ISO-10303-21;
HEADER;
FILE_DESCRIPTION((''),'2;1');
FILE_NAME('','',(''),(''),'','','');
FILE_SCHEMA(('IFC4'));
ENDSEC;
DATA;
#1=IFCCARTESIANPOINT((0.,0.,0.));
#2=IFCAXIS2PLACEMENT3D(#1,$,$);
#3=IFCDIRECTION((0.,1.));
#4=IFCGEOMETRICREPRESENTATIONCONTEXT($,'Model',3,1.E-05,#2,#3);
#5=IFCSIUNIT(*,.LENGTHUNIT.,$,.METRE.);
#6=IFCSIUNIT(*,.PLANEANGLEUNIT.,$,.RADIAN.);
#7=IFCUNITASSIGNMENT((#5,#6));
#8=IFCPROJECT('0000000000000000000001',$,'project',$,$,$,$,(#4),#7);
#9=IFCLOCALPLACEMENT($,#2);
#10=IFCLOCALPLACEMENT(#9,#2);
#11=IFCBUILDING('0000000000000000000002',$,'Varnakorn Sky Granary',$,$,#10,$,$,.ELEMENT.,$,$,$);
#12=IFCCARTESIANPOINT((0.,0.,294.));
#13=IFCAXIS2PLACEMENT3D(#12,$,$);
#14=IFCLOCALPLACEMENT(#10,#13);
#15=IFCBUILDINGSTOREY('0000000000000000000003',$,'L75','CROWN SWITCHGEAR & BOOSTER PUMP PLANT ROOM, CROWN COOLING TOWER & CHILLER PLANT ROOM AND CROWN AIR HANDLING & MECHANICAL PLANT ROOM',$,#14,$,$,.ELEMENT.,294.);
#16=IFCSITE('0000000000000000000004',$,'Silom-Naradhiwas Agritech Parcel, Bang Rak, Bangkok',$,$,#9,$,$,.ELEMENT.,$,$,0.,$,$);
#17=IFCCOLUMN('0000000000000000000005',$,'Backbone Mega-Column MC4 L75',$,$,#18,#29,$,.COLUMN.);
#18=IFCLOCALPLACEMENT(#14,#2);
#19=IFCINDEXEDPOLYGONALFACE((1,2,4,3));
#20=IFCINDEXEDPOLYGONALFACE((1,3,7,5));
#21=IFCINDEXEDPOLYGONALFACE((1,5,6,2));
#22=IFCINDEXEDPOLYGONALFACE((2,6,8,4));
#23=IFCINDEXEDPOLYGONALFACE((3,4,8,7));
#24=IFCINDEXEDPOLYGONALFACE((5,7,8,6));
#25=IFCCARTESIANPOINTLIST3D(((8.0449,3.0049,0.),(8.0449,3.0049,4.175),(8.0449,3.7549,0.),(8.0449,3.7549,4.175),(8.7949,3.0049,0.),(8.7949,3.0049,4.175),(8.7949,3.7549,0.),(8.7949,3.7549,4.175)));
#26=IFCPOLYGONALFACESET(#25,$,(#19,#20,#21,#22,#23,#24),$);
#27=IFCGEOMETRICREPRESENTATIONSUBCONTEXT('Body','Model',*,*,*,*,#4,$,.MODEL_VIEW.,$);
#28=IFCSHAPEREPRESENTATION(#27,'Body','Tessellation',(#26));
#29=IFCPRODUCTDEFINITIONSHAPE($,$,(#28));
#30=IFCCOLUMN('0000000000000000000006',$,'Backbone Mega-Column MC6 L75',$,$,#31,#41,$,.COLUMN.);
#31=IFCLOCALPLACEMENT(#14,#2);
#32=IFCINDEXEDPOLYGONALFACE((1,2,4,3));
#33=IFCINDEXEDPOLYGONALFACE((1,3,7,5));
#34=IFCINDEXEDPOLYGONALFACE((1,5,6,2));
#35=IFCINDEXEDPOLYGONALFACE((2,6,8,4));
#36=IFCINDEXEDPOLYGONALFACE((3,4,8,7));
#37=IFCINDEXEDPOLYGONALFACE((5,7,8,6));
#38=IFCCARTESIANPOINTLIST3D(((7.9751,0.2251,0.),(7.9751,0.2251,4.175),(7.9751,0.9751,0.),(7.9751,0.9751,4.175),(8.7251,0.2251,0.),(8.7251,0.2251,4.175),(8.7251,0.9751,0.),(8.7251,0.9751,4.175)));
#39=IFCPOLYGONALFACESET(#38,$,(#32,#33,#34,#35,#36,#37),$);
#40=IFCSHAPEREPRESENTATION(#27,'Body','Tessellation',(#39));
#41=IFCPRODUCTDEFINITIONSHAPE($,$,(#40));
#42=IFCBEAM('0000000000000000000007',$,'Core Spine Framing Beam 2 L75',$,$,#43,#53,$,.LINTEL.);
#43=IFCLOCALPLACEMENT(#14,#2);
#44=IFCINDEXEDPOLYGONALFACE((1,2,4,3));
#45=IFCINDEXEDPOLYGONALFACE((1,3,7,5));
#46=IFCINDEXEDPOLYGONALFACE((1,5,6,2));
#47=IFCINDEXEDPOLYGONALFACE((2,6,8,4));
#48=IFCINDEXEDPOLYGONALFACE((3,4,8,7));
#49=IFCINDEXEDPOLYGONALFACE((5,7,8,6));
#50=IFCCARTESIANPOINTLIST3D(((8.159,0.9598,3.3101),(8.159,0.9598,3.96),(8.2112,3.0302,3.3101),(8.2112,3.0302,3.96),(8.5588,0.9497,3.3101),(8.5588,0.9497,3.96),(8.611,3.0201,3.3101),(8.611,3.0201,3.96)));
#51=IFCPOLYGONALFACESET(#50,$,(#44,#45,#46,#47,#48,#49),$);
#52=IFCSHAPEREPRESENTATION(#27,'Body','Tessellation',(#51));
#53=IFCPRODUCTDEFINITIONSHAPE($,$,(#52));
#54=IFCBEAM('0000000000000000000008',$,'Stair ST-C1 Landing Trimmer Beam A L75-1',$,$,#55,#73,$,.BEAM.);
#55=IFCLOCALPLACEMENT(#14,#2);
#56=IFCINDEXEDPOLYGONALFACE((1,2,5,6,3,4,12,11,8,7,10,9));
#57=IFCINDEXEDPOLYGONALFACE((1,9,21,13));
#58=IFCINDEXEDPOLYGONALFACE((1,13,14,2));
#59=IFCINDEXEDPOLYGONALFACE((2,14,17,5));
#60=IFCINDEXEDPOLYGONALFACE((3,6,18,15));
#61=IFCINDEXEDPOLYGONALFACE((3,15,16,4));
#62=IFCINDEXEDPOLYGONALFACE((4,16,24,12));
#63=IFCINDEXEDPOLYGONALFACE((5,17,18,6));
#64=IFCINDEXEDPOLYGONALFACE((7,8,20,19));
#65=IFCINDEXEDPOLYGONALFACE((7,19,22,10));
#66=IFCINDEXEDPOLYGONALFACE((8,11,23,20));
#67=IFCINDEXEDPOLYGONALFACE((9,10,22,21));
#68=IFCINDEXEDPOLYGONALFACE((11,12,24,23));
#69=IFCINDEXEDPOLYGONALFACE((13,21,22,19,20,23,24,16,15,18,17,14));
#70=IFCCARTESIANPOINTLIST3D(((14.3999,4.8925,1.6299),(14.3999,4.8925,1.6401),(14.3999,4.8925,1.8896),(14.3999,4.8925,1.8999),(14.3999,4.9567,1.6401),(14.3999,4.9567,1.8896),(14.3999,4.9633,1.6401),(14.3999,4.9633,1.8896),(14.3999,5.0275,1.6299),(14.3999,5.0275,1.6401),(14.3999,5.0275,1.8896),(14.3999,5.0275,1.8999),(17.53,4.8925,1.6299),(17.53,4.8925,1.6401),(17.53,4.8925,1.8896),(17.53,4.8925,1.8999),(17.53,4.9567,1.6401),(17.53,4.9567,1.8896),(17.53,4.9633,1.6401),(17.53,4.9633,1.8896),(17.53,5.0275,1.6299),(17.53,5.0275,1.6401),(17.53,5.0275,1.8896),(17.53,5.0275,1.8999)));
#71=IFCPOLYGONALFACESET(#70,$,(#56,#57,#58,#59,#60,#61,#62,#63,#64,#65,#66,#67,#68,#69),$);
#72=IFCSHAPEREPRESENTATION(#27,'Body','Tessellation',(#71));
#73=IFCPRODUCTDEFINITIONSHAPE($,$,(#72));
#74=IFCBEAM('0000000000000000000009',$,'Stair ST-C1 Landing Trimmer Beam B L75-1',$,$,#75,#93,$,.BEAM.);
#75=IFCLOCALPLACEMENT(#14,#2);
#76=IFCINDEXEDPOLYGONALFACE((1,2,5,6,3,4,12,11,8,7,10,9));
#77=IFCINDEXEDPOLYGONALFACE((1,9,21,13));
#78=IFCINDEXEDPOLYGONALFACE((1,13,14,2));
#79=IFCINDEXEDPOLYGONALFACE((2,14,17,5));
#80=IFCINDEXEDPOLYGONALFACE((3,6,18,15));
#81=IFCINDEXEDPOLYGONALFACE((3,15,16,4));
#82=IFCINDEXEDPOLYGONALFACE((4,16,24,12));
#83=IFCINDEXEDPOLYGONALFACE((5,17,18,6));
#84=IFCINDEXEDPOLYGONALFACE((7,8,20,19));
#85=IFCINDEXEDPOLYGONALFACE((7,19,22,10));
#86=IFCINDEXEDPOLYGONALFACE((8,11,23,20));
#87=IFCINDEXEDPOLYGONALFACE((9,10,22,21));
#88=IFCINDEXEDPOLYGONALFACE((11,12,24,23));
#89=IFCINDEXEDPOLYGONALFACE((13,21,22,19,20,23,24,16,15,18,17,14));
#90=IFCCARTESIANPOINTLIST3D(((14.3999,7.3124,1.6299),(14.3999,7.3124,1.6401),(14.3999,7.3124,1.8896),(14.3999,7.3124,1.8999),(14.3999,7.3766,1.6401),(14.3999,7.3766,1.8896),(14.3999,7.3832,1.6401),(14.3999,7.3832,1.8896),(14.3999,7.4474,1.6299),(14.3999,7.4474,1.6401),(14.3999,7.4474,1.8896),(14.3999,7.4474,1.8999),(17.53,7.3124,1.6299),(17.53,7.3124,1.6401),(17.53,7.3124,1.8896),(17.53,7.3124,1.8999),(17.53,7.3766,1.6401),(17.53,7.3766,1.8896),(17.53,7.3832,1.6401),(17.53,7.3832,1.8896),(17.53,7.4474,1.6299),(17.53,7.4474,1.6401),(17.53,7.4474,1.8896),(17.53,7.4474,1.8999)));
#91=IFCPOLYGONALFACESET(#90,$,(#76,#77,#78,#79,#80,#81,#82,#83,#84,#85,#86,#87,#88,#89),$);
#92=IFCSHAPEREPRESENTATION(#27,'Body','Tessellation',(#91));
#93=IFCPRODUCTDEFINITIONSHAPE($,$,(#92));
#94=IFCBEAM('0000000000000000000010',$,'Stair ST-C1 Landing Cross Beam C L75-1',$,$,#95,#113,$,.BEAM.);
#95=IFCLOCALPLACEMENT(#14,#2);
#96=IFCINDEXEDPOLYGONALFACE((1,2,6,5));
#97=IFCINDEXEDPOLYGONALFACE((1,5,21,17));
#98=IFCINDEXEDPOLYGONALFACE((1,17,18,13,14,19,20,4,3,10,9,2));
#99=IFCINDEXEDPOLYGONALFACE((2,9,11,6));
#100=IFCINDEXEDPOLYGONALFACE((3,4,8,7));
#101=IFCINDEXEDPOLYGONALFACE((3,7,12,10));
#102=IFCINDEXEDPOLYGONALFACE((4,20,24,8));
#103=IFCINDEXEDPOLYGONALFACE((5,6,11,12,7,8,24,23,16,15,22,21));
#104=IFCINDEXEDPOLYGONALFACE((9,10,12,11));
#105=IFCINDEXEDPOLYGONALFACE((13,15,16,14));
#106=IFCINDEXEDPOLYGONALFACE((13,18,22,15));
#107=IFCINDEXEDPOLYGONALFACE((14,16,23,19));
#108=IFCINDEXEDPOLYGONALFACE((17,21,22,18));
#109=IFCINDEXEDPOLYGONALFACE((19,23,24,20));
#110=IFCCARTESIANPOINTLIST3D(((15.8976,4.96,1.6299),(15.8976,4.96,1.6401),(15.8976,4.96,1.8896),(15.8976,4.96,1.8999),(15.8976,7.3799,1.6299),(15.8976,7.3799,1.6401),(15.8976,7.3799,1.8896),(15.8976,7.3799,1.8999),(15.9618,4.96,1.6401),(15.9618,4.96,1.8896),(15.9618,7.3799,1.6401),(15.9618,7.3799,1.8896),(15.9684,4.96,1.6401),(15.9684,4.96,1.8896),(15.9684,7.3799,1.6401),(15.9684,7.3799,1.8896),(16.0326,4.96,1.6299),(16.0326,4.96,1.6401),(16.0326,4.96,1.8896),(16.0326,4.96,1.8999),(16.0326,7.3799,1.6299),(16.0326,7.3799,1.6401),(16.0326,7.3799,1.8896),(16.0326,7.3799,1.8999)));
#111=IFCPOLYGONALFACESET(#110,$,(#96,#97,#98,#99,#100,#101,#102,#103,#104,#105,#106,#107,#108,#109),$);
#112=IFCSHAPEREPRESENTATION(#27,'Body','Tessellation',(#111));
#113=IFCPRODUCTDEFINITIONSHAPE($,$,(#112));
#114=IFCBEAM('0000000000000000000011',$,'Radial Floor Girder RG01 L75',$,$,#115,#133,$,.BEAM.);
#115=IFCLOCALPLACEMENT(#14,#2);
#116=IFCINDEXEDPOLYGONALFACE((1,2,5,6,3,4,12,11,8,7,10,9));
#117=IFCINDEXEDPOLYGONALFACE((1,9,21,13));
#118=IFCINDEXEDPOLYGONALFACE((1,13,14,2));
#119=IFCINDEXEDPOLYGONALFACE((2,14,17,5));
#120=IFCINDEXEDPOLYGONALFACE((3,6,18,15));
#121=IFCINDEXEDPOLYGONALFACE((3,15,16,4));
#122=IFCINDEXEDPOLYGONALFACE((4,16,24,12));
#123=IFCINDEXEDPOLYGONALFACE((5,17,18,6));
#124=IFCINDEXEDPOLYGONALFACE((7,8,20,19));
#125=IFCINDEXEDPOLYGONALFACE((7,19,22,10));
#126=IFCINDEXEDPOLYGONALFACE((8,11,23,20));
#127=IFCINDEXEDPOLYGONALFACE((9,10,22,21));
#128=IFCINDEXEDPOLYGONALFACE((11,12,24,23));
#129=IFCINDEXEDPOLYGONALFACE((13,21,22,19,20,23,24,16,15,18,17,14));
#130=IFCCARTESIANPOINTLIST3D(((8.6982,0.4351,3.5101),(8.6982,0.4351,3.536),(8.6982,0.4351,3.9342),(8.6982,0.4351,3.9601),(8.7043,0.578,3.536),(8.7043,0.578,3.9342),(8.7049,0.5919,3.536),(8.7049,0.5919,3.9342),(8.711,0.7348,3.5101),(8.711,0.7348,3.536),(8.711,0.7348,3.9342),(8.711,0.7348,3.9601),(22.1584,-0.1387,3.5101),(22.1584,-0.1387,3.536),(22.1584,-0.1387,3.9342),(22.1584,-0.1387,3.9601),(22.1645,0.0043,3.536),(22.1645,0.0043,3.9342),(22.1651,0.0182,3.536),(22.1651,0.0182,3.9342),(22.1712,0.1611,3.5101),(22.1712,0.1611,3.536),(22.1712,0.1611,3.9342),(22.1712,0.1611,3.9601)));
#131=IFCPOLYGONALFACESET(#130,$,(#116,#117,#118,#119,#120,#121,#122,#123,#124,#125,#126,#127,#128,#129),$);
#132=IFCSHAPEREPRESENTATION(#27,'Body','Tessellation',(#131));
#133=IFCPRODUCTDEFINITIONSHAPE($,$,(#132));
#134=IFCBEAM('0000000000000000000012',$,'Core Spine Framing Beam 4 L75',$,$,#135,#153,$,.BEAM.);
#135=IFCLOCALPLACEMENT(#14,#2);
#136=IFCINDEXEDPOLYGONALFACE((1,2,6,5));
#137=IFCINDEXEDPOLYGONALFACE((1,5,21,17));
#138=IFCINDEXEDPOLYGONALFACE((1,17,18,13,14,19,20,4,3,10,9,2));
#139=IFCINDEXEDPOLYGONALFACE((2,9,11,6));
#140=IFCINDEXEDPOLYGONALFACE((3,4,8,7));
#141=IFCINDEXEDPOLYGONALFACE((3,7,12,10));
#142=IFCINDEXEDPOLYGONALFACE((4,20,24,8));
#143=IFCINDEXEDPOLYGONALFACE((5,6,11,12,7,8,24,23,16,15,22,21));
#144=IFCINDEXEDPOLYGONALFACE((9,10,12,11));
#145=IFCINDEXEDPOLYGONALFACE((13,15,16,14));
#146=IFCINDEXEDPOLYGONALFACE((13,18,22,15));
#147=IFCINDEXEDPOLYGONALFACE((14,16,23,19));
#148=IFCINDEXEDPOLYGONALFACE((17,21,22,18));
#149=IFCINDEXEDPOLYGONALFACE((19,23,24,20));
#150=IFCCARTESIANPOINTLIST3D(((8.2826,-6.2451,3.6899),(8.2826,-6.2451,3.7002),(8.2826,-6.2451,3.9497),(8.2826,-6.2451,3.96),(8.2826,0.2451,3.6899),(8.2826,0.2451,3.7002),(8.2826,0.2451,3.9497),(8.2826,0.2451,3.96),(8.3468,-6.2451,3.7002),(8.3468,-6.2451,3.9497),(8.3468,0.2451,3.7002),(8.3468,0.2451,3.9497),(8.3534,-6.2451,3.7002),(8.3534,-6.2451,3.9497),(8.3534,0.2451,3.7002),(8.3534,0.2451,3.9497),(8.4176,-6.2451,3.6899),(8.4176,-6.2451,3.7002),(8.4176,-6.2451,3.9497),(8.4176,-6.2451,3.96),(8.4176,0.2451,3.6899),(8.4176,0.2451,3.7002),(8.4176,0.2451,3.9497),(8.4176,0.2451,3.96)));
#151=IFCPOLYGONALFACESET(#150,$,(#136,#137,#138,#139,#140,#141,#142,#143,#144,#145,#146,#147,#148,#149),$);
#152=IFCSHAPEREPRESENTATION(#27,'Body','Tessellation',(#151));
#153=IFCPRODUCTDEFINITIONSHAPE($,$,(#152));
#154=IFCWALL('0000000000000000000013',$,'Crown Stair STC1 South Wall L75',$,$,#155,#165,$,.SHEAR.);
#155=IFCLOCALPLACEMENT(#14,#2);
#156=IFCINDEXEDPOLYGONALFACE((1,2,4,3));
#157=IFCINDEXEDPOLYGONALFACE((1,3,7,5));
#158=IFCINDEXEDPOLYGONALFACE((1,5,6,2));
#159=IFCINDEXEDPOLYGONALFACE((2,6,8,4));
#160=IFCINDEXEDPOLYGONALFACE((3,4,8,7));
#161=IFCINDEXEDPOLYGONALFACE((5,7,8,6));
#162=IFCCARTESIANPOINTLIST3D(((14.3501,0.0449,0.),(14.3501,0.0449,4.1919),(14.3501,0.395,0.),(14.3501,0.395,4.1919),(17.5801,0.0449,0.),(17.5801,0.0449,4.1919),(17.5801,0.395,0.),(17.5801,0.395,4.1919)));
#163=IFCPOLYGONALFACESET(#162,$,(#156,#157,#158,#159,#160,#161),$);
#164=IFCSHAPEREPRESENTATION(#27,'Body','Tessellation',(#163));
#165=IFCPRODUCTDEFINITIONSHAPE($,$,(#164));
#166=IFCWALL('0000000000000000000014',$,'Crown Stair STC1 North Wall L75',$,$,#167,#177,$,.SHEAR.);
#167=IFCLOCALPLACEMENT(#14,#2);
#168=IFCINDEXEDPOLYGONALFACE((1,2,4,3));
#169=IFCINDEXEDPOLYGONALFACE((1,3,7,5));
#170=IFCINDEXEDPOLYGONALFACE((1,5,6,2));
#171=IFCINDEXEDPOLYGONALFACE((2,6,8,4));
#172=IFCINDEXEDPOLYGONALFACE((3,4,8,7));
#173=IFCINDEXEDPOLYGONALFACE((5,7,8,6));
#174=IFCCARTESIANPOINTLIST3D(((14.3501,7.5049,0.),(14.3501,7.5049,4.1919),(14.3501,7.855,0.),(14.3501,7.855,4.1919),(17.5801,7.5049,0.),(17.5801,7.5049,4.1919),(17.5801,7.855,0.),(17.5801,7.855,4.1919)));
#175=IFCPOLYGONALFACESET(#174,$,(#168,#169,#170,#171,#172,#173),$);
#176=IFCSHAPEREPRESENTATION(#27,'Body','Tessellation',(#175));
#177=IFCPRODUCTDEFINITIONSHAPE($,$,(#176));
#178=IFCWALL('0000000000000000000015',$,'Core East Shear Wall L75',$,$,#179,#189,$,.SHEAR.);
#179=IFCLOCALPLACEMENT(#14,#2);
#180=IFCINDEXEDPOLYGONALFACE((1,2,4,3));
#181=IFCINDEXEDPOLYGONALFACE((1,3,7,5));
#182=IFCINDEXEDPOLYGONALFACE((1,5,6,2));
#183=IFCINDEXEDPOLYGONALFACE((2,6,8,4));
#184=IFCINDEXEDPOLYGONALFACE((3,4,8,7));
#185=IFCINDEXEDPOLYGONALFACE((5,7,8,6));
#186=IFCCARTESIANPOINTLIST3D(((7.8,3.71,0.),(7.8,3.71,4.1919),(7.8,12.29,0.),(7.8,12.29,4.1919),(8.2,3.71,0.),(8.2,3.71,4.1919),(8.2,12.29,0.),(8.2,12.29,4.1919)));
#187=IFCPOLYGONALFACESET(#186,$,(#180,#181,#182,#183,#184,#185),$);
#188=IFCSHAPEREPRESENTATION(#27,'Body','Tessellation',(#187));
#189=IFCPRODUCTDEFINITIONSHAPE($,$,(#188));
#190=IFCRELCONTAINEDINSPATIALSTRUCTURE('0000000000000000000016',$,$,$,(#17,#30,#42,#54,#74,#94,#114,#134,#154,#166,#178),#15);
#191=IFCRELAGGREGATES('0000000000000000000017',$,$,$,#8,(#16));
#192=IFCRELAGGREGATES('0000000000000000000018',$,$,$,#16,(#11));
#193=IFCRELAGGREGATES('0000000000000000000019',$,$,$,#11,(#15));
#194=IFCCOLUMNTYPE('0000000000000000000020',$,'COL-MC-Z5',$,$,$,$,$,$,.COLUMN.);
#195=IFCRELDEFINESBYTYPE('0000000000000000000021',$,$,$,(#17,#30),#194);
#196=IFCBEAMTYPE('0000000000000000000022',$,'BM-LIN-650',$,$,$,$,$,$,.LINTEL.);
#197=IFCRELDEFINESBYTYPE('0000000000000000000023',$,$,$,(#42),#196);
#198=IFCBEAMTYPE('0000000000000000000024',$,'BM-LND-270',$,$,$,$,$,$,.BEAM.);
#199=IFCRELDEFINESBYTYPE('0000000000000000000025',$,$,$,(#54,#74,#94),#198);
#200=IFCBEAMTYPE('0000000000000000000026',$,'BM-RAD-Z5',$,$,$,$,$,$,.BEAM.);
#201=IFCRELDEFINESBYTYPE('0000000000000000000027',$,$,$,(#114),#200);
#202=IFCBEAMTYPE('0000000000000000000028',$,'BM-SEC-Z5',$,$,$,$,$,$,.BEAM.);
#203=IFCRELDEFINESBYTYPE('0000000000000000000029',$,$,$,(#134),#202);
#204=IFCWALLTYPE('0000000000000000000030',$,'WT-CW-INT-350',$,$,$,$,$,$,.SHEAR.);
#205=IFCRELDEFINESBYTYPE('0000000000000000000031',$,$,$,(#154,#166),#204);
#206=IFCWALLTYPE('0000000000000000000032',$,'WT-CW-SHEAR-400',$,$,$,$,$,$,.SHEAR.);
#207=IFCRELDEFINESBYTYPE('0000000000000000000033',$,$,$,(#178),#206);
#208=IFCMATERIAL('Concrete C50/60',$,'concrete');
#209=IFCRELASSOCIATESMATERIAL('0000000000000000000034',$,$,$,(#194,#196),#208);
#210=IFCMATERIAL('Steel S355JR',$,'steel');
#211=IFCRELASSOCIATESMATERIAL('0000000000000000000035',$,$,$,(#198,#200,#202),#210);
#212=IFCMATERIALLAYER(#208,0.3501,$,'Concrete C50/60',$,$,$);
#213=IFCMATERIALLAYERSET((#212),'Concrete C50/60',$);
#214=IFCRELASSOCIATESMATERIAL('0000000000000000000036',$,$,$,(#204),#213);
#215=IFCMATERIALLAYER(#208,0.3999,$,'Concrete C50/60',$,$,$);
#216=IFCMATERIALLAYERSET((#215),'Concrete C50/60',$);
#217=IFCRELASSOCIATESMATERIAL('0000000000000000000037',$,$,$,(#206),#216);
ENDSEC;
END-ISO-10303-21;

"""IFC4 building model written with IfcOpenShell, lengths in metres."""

from ifc_helpers import new_model, si_unit, direction, frame, frame_2d, origin, origin_2d, place, context, subcontext, project, spatial, rectangle, i_section, extrude, material, layer, layer_set, material_profile, profile_set, type_object, element, save


model = new_model("IFC4")

# Units and contexts
model_context = context("Model", 3, precision=1e-05, world=origin(), true_north=direction((0.0, 1.0)))
body_context = subcontext(model_context, "Body", "Model", "MODEL_VIEW")
ifc_project = project(units=[si_unit("LENGTHUNIT", "METRE"), si_unit("PLANEANGLEUNIT", "RADIAN")], contexts=[model_context])

# Site, building, storey
site_placement = place(None, origin())
site = spatial("IfcSite", under=ifc_project, at=site_placement, Name="Silom-Naradhiwas Agritech Parcel, Bang Rak, Bangkok", CompositionType="ELEMENT", RefElevation=0.0)
building_placement = place(site_placement, origin())
building = spatial("IfcBuilding", under=site, at=building_placement, Name="Varnakorn Sky Granary", CompositionType="ELEMENT")
storey_placement = place(building_placement, frame((0.0, 0.0, 294.0)))
storey = spatial("IfcBuildingStorey", under=building, at=storey_placement, Name="L75", Description="CROWN SWITCHGEAR & BOOSTER PUMP PLANT ROOM, CROWN COOLING TOWER & CHILLER PLANT ROOM AND CROWN AIR HANDLING & MECHANICAL PLANT ROOM", CompositionType="ELEMENT", Elevation=294.0)

# Columns
ifc_material_1 = material(Name="Concrete C50/60", Category="concrete")
ifc_material_profile_1 = material_profile(ifc_material_1, rectangle(XDim=0.75, YDim=0.75, at=origin_2d()), Name="RC 750x750")
ifc_profile_set_1 = profile_set([ifc_material_profile_1], Name="Concrete C50/60")
column_type = type_object("IfcColumnType", Name="COL-MC-Z5", PredefinedType="COLUMN", material=ifc_profile_set_1)
for number, where, z_axis, x_axis, name in (
    (1, (8.4199, 3.3799, 0.0), (0.0, 0.0, 1.0), (1.0, 0.0, 0.0), "Backbone Mega-Column MC4 L75"),
    (2, (8.3501, 0.6001, 0.0), (0.0, 0.0, 1.0), (1.0, 0.0, 0.0), "Backbone Mega-Column MC6 L75"),
):
    element("IfcColumn", number, at=place(storey_placement, frame(where, z_axis=z_axis, x_axis=x_axis)), inside=storey, type_object=column_type, Name=name, PredefinedType="COLUMN", context=body_context, shape_type="SweptSolid", body=[
        extrude(rectangle(XDim=0.75, YDim=0.75, at=origin_2d()), origin(), (0.0, 0.0, 1.0), 4.175),
    ])

# Beams
ifc_material_profile_2 = material_profile(ifc_material_1, rectangle(XDim=0.3999, YDim=0.6499, at=origin_2d()), Name="RC 400x650")
ifc_profile_set_2 = profile_set([ifc_material_profile_2], Name="Concrete C50/60")
beam_type_1 = type_object("IfcBeamType", Name="BM-LIN-650", PredefinedType="LINTEL", material=ifc_profile_set_2)
beam_1_placement = place(storey_placement, frame((8.4111, 3.0251, 3.635), z_axis=(-0.025228, -0.999682, 0.0), x_axis=(0.999682, -0.025228, 0.0)))
element("IfcBeam", 3, at=beam_1_placement, inside=storey, type_object=beam_type_1, Name="Core Spine Framing Beam 2 L75", PredefinedType="LINTEL", context=body_context, shape_type="SweptSolid", body=[
    extrude(rectangle(XDim=0.3999, YDim=0.6499, at=origin_2d()), origin(), (0.0, 0.0, 1.0), 2.071),
])
ifc_material_2 = material(Name="Steel S355JR", Category="steel")
ifc_material_profile_3 = material_profile(ifc_material_2, i_section(OverallWidth=0.135, OverallDepth=0.27, WebThickness=0.0066, FlangeThickness=0.0103, at=origin_2d()), Name="IPE 270")
ifc_profile_set_3 = profile_set([ifc_material_profile_3], Name="Steel S355JR")
beam_type_2 = type_object("IfcBeamType", Name="BM-LND-270", PredefinedType="BEAM", material=ifc_profile_set_3)
for number, where, z_axis, x_axis, name in (
    (4, (14.3999, 4.96, 1.7649), (1.0, 0.0, 0.0), (0.0, 1.0, 0.0), "Stair ST-C1 Landing Trimmer Beam A L75-1"),
    (5, (14.3999, 7.3799, 1.7649), (1.0, 0.0, 0.0), (0.0, 1.0, 0.0), "Stair ST-C1 Landing Trimmer Beam B L75-1"),
):
    element("IfcBeam", number, at=place(storey_placement, frame(where, z_axis=z_axis, x_axis=x_axis)), inside=storey, type_object=beam_type_2, Name=name, PredefinedType="BEAM", context=body_context, shape_type="SweptSolid", body=[
        extrude(i_section(OverallWidth=0.135, OverallDepth=0.27, WebThickness=0.0066, FlangeThickness=0.0103, at=origin_2d()), origin(), (0.0, 0.0, 1.0), 3.1301),
    ])
beam_2_placement = place(storey_placement, frame((15.9651, 4.96, 1.7649), z_axis=(0.0, 1.0, 0.0), x_axis=(-1.0, 0.0, 0.0)))
element("IfcBeam", 6, at=beam_2_placement, inside=storey, type_object=beam_type_2, Name="Stair ST-C1 Landing Cross Beam C L75-1", PredefinedType="BEAM", context=body_context, shape_type="SweptSolid", body=[
    extrude(i_section(OverallWidth=0.135, OverallDepth=0.27, WebThickness=0.0066, FlangeThickness=0.0103, at=origin_2d()), origin(), (0.0, 0.0, 1.0), 2.4199),
])
ifc_material_profile_4 = material_profile(ifc_material_2, i_section(OverallWidth=0.3, OverallDepth=0.45, WebThickness=0.0139, FlangeThickness=0.0259, at=origin_2d()), Name="HE 450 B")
ifc_profile_set_4 = profile_set([ifc_material_profile_4], Name="Steel S355JR")
beam_type_3 = type_object("IfcBeamType", Name="BM-RAD-Z5", PredefinedType="BEAM", material=ifc_profile_set_4)
beam_3_placement = place(storey_placement, frame((8.7046, 0.585, 3.7351), z_axis=(0.999093, -0.042586, 0.0), x_axis=(0.042586, 0.999093, 0.0)))
element("IfcBeam", 7, at=beam_3_placement, inside=storey, type_object=beam_type_3, Name="Radial Floor Girder RG01 L75", PredefinedType="BEAM", context=body_context, shape_type="SweptSolid", body=[
    extrude(i_section(OverallWidth=0.3, OverallDepth=0.45, WebThickness=0.0139, FlangeThickness=0.0259, at=origin_2d()), origin(), (0.0, 0.0, 1.0), 13.4724),
])
ifc_material_profile_5 = material_profile(ifc_material_2, i_section(OverallWidth=0.135, OverallDepth=0.27, WebThickness=0.0066, FlangeThickness=0.0103, at=origin_2d()), Name="IPE 270")
ifc_profile_set_5 = profile_set([ifc_material_profile_5], Name="Steel S355JR")
beam_type_4 = type_object("IfcBeamType", Name="BM-SEC-Z5", PredefinedType="BEAM", material=ifc_profile_set_5)
beam_4_placement = place(storey_placement, frame((8.3501, 0.2451, 3.825), z_axis=(0.0, -1.0, 0.0), x_axis=(1.0, 0.0, 0.0)))
element("IfcBeam", 8, at=beam_4_placement, inside=storey, type_object=beam_type_4, Name="Core Spine Framing Beam 4 L75", PredefinedType="BEAM", context=body_context, shape_type="SweptSolid", body=[
    extrude(i_section(OverallWidth=0.135, OverallDepth=0.27, WebThickness=0.0066, FlangeThickness=0.0103, at=origin_2d()), origin(), (0.0, 0.0, 1.0), 6.4902),
])

# Walls
ifc_layer_1 = layer(ifc_material_1, 0.3501, Name="Concrete C50/60")
ifc_layer_set_1 = layer_set([ifc_layer_1], Name="Concrete C50/60")
wall_type_1 = type_object("IfcWallType", Name="WT-CW-INT-350", PredefinedType="SHEAR", material=ifc_layer_set_1)
for number, where, z_axis, x_axis, name in (
    (9, (14.3501, 0.22, 0.0), (0.0, 0.0, 1.0), (1.0, 0.0, 0.0), "Crown Stair STC1 South Wall L75"),
    (10, (14.3501, 7.6799, 0.0), (0.0, 0.0, 1.0), (1.0, 0.0, 0.0), "Crown Stair STC1 North Wall L75"),
):
    element("IfcWall", number, at=place(storey_placement, frame(where, z_axis=z_axis, x_axis=x_axis)), inside=storey, type_object=wall_type_1, Name=name, PredefinedType="SHEAR", context=body_context, shape_type="SweptSolid", body=[
        extrude(rectangle(XDim=3.23, YDim=0.3501, at=frame_2d((1.615, 0.0))), origin(), (0.0, 0.0, 1.0), 4.1919),
    ])

# Wall
ifc_layer_2 = layer(ifc_material_1, 0.3999, Name="Concrete C50/60")
ifc_layer_set_2 = layer_set([ifc_layer_2], Name="Concrete C50/60")
wall_type_2 = type_object("IfcWallType", Name="WT-CW-SHEAR-400", PredefinedType="SHEAR", material=ifc_layer_set_2)
wall_1_placement = place(storey_placement, frame((8.0, 3.71, 0.0), z_axis=(0.0, 0.0, 1.0), x_axis=(0.0, 1.0, 0.0)))
element("IfcWall", 11, at=wall_1_placement, inside=storey, type_object=wall_type_2, Name="Core East Shear Wall L75", PredefinedType="SHEAR", context=body_context, shape_type="SweptSolid", body=[
    extrude(rectangle(XDim=8.5801, YDim=0.3999, at=frame_2d((4.29, 0.0))), origin(), (0.0, 0.0, 1.0), 4.1919),
])

save(model, "model.ifc")
